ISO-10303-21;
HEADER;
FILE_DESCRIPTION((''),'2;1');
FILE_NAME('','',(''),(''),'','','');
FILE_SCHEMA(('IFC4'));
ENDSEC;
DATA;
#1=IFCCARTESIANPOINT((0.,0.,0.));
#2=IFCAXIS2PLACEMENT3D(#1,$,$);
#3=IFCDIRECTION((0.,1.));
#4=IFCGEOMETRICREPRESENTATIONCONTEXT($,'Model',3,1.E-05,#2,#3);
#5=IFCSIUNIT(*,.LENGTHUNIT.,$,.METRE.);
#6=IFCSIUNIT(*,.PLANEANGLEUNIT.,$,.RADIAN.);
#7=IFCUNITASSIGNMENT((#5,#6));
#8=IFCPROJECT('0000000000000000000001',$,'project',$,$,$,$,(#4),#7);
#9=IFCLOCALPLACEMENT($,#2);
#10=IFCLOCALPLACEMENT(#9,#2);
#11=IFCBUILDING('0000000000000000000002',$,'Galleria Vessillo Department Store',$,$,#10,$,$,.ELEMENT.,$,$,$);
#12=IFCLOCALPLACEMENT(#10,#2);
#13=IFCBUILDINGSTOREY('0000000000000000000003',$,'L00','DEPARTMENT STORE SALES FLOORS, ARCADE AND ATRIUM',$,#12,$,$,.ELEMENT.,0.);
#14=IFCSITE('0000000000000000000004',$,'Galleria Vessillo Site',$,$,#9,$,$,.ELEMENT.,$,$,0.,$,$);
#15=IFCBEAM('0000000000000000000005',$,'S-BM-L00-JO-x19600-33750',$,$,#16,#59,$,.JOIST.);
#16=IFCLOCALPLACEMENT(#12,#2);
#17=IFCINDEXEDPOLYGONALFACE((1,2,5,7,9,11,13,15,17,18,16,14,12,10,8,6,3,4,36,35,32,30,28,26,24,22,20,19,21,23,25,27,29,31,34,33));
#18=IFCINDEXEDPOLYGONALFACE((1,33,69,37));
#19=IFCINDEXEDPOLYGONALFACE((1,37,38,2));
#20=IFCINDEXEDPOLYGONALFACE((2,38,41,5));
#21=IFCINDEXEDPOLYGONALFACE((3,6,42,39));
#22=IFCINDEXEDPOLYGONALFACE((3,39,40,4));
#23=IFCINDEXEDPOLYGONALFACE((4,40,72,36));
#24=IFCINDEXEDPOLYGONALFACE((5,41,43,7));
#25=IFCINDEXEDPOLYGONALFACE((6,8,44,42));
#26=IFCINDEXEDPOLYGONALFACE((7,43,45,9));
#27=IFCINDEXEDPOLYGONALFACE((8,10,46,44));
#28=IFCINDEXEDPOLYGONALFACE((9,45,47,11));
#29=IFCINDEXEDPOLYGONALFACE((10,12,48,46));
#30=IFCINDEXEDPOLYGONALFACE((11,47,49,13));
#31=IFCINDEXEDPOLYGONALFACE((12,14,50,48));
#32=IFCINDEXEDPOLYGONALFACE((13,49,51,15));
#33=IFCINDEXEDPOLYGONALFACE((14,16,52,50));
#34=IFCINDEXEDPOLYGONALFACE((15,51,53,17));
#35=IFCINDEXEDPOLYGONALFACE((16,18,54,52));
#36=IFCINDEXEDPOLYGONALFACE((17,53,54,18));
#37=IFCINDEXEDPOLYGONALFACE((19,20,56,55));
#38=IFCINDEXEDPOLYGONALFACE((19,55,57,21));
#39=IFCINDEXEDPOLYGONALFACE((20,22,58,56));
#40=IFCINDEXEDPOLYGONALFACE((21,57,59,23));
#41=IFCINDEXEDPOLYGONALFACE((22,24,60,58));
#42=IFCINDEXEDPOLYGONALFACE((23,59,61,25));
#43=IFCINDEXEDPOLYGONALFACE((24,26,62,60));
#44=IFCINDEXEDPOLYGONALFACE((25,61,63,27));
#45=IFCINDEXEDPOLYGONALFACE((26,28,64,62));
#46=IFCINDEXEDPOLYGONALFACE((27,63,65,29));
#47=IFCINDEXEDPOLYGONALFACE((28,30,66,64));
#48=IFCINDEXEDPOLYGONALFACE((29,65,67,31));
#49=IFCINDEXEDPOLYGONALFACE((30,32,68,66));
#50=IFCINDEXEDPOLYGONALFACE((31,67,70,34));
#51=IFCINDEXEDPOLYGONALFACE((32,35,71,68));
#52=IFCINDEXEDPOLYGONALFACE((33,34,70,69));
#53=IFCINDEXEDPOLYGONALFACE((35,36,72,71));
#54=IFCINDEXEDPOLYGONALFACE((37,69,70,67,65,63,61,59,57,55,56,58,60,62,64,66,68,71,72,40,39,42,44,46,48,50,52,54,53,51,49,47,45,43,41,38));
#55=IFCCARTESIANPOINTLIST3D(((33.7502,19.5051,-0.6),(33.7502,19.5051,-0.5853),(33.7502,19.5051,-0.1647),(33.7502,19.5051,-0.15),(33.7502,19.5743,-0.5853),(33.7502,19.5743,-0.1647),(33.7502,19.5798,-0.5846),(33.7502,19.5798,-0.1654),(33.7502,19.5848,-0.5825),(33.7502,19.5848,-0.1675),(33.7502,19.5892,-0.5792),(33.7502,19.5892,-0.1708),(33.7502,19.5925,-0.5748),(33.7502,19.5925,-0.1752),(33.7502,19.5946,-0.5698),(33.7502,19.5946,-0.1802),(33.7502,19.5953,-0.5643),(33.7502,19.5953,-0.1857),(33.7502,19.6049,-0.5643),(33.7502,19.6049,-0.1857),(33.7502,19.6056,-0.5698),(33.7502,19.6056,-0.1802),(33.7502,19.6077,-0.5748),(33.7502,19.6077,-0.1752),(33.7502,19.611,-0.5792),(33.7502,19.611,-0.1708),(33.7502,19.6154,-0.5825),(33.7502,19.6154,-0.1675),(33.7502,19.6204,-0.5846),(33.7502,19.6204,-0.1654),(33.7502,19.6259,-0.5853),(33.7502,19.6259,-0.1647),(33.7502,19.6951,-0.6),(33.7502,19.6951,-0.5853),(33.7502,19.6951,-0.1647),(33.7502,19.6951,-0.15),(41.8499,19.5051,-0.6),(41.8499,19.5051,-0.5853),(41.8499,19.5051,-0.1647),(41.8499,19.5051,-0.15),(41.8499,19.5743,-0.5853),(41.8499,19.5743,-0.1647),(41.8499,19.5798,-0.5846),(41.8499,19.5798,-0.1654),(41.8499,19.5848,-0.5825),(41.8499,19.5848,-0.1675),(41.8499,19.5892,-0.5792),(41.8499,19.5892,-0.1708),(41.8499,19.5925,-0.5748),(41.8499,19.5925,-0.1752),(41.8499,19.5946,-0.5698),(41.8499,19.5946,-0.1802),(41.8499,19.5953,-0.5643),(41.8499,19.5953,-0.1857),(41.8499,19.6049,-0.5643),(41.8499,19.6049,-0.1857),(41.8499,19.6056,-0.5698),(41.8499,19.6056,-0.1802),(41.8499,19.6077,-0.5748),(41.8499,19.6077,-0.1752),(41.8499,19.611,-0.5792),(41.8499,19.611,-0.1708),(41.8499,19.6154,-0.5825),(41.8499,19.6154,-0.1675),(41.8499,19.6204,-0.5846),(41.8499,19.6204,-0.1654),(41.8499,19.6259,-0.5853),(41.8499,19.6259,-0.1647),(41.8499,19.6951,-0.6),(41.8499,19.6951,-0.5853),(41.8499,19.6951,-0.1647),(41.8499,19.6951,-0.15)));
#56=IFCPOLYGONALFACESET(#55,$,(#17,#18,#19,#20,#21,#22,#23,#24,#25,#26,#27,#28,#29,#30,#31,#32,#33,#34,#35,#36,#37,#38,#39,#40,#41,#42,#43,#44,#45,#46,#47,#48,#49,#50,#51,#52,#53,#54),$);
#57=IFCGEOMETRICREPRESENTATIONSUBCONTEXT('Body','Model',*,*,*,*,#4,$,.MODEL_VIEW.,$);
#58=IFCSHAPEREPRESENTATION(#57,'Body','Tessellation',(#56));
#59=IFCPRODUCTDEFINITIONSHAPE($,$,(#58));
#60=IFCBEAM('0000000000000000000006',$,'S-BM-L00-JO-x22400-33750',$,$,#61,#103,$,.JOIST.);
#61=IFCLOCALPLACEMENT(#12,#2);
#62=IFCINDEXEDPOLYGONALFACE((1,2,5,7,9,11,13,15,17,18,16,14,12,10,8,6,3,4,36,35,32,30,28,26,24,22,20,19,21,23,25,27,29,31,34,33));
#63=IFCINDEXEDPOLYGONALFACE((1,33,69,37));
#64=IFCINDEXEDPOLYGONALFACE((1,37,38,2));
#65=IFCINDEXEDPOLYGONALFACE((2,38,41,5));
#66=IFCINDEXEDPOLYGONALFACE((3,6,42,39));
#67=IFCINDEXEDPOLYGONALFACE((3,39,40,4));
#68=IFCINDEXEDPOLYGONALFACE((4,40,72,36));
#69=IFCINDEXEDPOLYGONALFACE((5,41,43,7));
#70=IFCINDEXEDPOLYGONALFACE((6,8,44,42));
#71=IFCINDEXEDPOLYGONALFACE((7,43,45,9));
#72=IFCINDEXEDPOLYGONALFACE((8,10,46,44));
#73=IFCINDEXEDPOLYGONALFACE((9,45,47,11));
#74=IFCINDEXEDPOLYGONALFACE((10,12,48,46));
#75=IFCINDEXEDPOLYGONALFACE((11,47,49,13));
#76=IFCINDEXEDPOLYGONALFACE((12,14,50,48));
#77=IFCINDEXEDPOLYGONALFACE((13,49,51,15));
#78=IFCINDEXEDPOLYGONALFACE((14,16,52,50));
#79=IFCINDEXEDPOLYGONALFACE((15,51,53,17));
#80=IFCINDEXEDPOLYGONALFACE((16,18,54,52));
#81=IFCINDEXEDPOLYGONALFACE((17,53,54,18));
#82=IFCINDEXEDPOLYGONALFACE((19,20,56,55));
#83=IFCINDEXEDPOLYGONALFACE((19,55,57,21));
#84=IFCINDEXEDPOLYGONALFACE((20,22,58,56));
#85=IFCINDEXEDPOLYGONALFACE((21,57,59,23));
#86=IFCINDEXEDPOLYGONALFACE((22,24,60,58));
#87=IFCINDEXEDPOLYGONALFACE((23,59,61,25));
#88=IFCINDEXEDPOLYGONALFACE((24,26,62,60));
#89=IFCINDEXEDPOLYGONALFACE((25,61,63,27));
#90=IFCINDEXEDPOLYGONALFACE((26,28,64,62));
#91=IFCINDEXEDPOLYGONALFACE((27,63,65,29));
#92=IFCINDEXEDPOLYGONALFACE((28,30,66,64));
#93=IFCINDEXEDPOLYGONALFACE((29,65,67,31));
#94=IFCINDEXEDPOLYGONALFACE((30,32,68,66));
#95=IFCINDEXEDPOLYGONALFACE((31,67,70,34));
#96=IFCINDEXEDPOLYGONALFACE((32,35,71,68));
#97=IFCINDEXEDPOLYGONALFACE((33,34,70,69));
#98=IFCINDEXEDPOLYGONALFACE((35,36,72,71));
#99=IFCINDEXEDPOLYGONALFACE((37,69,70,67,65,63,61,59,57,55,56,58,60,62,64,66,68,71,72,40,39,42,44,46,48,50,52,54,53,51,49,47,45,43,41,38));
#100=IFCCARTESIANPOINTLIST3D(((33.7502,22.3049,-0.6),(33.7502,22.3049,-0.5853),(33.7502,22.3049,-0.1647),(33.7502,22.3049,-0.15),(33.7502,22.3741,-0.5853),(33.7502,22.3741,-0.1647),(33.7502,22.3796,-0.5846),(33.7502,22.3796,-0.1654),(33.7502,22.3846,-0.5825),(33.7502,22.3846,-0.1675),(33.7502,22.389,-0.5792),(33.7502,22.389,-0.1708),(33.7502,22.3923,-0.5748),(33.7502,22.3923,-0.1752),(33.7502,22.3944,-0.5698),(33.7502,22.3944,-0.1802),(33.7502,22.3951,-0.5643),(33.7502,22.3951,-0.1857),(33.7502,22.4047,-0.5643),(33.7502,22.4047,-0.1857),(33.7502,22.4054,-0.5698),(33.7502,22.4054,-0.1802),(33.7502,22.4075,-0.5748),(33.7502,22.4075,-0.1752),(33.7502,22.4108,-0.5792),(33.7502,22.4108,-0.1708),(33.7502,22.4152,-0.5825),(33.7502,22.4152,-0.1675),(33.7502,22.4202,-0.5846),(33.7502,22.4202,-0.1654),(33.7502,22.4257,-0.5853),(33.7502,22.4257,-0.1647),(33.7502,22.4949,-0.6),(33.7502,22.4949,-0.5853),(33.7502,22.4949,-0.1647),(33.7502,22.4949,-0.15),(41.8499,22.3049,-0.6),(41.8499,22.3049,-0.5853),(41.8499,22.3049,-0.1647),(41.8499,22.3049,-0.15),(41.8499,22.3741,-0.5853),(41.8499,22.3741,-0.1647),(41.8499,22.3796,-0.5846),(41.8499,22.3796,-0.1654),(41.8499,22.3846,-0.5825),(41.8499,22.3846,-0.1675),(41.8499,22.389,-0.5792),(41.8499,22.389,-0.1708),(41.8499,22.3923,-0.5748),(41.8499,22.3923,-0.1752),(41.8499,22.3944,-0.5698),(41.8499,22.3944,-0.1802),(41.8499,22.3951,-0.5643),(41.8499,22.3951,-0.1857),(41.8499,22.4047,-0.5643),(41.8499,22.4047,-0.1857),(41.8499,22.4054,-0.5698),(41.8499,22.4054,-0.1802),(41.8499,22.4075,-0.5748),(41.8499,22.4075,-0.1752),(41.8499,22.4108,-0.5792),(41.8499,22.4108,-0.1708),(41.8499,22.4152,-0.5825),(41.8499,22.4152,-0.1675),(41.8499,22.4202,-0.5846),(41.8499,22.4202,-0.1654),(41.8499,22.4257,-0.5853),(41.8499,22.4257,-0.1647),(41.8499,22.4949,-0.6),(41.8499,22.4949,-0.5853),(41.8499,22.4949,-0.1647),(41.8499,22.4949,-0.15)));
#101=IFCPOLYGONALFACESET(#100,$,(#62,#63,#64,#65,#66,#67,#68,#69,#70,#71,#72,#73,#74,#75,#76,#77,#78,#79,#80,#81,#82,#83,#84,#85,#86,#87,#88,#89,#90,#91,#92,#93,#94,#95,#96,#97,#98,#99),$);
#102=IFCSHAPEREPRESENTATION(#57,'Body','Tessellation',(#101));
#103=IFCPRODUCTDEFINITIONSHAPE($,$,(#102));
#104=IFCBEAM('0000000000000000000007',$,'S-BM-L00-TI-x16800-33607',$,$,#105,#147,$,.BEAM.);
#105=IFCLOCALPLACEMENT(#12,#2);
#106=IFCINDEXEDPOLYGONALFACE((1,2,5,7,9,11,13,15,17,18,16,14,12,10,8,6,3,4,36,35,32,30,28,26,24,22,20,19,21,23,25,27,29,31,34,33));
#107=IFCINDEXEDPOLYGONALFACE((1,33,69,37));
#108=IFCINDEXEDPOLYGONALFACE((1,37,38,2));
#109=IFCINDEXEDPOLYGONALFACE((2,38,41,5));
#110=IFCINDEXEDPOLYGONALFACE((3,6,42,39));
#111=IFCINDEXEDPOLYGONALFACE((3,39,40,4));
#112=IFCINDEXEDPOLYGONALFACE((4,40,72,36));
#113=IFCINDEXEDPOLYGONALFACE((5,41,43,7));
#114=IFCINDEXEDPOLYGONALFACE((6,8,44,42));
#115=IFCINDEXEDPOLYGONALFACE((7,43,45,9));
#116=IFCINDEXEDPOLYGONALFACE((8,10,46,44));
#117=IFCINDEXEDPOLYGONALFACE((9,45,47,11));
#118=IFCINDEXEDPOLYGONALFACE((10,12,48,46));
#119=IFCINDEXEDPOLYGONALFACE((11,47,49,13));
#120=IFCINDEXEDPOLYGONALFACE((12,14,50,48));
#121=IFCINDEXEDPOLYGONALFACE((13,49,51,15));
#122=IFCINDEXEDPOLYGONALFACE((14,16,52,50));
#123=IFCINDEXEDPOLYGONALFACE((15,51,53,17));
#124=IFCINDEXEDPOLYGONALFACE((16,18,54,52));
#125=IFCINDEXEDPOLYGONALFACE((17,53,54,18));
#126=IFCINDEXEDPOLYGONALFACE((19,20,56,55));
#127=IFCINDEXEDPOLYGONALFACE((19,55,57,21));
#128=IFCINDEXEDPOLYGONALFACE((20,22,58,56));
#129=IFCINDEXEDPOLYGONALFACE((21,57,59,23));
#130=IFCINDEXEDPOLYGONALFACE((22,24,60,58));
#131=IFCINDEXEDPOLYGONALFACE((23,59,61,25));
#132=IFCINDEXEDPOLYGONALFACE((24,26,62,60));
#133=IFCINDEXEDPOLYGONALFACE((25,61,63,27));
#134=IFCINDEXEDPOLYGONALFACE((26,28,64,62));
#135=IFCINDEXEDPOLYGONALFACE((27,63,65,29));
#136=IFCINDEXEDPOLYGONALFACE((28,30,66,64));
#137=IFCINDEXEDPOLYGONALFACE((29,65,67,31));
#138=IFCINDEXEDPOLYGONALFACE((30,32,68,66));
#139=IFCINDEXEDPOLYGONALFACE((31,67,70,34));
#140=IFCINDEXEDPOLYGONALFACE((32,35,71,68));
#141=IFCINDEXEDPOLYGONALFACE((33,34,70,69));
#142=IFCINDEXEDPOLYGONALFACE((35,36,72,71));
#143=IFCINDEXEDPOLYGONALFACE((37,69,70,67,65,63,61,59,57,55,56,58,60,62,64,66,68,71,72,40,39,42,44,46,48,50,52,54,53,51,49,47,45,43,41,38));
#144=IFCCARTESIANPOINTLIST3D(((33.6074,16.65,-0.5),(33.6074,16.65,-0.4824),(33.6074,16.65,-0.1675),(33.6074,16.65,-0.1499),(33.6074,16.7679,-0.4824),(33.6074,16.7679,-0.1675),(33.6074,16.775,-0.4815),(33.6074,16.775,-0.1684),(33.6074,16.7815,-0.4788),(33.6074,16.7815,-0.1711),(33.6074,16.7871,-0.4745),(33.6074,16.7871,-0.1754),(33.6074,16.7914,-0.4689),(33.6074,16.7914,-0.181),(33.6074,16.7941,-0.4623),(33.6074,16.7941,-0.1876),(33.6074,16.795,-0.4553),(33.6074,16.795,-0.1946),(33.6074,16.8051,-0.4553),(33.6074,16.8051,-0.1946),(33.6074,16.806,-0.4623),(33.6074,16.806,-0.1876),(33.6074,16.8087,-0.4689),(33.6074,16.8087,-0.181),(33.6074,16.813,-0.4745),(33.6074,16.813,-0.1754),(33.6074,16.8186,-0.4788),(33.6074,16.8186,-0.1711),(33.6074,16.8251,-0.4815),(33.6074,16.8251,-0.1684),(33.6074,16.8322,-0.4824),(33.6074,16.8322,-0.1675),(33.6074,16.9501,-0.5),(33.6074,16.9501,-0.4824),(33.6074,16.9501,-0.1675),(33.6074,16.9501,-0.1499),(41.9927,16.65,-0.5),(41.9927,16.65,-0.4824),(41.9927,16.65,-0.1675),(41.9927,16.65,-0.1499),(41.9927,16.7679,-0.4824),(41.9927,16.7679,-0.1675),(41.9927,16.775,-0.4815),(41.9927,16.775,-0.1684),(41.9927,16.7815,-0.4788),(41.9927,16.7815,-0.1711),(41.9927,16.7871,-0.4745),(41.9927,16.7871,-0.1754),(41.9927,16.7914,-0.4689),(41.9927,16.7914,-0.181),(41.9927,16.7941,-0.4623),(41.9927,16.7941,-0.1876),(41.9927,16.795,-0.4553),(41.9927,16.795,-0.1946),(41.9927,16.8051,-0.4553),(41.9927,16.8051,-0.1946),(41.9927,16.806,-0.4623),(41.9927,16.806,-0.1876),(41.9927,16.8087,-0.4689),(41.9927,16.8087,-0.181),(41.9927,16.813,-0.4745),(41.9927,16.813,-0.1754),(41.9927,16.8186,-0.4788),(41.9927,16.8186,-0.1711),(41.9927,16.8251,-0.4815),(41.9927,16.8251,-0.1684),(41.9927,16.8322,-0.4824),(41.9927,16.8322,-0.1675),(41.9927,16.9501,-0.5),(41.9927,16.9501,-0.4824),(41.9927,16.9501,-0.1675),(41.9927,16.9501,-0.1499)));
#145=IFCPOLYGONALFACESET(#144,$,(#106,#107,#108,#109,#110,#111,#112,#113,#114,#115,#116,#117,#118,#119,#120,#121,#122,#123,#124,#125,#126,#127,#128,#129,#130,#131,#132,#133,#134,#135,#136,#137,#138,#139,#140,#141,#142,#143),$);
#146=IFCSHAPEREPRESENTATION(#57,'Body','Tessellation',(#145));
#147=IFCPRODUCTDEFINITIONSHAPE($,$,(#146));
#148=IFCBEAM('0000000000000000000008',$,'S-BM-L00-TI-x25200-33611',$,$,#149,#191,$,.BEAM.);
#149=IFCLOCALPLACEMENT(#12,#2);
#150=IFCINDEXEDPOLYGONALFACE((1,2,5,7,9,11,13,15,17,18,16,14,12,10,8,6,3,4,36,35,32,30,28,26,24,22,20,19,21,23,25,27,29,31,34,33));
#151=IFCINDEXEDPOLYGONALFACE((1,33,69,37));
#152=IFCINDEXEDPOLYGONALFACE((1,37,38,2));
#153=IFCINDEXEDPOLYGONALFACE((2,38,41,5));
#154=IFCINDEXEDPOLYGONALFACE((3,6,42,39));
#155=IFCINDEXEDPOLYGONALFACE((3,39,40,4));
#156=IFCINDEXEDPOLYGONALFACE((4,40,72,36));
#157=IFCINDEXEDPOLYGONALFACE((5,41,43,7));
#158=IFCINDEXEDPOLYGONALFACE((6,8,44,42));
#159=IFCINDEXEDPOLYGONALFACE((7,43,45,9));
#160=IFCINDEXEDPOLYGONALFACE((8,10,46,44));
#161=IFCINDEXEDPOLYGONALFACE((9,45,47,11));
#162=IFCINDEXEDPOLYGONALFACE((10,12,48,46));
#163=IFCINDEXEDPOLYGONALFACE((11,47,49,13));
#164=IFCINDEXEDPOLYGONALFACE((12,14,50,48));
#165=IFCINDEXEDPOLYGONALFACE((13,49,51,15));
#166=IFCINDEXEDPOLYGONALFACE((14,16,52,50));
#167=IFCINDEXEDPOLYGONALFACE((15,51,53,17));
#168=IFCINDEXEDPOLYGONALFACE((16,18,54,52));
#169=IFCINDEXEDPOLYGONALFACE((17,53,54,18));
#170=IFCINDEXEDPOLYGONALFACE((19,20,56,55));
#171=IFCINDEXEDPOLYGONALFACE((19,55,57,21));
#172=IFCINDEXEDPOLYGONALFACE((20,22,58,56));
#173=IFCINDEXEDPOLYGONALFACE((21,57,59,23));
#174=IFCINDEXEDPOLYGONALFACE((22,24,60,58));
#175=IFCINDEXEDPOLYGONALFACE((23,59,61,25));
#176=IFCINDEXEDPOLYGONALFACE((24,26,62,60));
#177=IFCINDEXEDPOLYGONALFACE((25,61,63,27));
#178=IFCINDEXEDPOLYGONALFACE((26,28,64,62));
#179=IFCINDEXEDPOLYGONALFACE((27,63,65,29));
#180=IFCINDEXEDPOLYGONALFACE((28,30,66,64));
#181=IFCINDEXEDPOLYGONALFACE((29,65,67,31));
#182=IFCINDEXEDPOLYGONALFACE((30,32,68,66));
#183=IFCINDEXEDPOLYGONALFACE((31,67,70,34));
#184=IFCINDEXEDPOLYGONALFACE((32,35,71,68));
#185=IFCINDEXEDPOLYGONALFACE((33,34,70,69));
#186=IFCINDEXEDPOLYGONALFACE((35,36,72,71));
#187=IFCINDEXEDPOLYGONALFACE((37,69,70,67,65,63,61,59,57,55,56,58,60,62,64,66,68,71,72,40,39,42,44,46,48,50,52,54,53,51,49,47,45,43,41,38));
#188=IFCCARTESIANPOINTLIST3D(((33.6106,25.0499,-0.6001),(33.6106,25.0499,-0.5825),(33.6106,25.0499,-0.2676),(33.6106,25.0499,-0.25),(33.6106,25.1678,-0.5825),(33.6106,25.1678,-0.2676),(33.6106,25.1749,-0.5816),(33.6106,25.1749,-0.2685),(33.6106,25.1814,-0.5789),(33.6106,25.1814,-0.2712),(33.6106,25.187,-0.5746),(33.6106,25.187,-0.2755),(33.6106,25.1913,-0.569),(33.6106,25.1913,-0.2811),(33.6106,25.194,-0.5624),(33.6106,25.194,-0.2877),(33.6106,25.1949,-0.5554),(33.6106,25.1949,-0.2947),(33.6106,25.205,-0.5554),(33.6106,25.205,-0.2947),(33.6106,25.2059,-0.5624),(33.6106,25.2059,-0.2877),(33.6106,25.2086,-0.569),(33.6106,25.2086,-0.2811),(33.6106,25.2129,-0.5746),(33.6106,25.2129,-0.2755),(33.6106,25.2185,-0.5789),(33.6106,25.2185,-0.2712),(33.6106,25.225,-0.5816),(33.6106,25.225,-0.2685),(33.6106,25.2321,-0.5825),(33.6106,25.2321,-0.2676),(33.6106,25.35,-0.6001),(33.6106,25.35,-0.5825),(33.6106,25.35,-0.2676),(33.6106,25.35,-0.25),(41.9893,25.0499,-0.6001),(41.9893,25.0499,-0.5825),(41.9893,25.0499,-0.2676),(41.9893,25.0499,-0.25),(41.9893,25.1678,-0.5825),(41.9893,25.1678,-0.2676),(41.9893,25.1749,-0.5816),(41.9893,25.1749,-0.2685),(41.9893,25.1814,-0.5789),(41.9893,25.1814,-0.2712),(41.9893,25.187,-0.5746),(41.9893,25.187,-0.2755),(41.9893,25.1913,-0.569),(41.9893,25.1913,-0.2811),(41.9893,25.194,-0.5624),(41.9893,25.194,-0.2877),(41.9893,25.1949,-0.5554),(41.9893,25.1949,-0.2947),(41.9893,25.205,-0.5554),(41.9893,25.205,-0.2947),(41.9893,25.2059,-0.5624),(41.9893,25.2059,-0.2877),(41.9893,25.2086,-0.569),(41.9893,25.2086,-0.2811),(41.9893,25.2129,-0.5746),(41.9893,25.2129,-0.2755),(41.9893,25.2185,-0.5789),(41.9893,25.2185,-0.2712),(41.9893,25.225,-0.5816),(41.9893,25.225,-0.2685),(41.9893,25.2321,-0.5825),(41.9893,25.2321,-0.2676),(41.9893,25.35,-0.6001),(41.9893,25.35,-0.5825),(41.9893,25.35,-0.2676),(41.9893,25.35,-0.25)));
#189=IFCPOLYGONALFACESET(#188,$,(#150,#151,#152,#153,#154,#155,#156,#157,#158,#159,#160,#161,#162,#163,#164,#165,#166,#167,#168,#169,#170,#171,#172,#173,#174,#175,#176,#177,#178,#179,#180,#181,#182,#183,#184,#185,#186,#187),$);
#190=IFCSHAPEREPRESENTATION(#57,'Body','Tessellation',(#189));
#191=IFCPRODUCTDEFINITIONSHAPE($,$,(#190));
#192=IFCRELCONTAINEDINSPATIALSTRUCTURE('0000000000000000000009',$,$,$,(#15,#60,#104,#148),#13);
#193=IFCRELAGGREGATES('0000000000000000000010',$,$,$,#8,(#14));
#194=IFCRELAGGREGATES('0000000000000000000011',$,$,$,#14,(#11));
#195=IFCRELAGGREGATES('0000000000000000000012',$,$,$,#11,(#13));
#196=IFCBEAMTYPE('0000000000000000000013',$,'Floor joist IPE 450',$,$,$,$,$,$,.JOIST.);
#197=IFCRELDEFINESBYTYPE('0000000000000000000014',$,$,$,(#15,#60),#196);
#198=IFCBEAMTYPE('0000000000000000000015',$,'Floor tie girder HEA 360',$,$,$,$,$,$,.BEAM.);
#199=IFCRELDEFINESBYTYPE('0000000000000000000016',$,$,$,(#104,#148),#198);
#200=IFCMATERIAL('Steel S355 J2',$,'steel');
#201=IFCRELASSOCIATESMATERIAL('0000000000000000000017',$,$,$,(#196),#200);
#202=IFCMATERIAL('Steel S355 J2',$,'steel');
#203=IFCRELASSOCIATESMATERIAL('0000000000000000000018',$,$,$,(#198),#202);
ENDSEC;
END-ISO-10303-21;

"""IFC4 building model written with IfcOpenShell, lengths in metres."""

from ifc_helpers import new_model, si_unit, direction, frame, origin, origin_2d, place, context, subcontext, project, spatial, i_section, extrude, material, material_profile, profile_set, type_object, element, save


model = new_model("IFC4")

# Units and contexts
model_context = context("Model", 3, precision=1e-05, world=origin(), true_north=direction((0.0, 1.0)))
body_context = subcontext(model_context, "Body", "Model", "MODEL_VIEW")
ifc_project = project(units=[si_unit("LENGTHUNIT", "METRE"), si_unit("PLANEANGLEUNIT", "RADIAN")], contexts=[model_context])

# Site, building, storey
site_placement = place(None, origin())
site = spatial("IfcSite", under=ifc_project, at=site_placement, Name="Galleria Vessillo Site", CompositionType="ELEMENT", RefElevation=0.0)
building_placement = place(site_placement, origin())
building = spatial("IfcBuilding", under=site, at=building_placement, Name="Galleria Vessillo Department Store", CompositionType="ELEMENT")
storey_placement = place(building_placement, origin())
storey = spatial("IfcBuildingStorey", under=building, at=storey_placement, Name="L00", Description="DEPARTMENT STORE SALES FLOORS, ARCADE AND ATRIUM", CompositionType="ELEMENT", Elevation=0.0)

# Beams
ifc_material_1 = material(Name="Steel S355 J2", Category="steel")
ifc_material_profile_1 = material_profile(ifc_material_1, i_section(OverallWidth=0.1899, OverallDepth=0.45, WebThickness=0.0095, FlangeThickness=0.0146, FilletRadius=0.021, at=origin_2d()), Name="IPE 450")
ifc_profile_set_1 = profile_set([ifc_material_profile_1], Name="Steel S355 J2")
beam_type_1 = type_object("IfcBeamType", Name="Floor joist IPE 450", PredefinedType="JOIST", material=ifc_profile_set_1)
for number, where, z_axis, x_axis, name in (
    (1, (33.7502, 19.6001, -0.375), (1.0, 0.0, 0.0), (0.0, 1.0, 0.0), "S-BM-L00-JO-x19600-33750"),
    (2, (33.7502, 22.3999, -0.375), (1.0, 0.0, 0.0), (0.0, 1.0, 0.0), "S-BM-L00-JO-x22400-33750"),
):
    element("IfcBeam", number, at=place(storey_placement, frame(where, z_axis=z_axis, x_axis=x_axis)), inside=storey, type_object=beam_type_1, Name=name, PredefinedType="JOIST", context=body_context, shape_type="SweptSolid", body=[
        extrude(i_section(OverallWidth=0.1899, OverallDepth=0.45, WebThickness=0.0095, FlangeThickness=0.0146, FilletRadius=0.021, at=origin_2d()), origin(), (0.0, 0.0, 1.0), 8.0996),
    ])
ifc_material_2 = material(Name="Steel S355 J2", Category="steel")
ifc_material_profile_2 = material_profile(ifc_material_2, i_section(OverallWidth=0.3, OverallDepth=0.3501, WebThickness=0.01, FlangeThickness=0.0176, FilletRadius=0.0271, at=origin_2d()), Name="HEA 360")
ifc_profile_set_2 = profile_set([ifc_material_profile_2], Name="Steel S355 J2")
beam_type_2 = type_object("IfcBeamType", Name="Floor tie girder HEA 360", PredefinedType="BEAM", material=ifc_profile_set_2)
beam_1_placement = place(storey_placement, frame((33.6074, 16.8, -0.325), z_axis=(1.0, 0.0, 0.0), x_axis=(0.0, 1.0, 0.0)))
element("IfcBeam", 3, at=beam_1_placement, inside=storey, type_object=beam_type_2, Name="S-BM-L00-TI-x16800-33607", PredefinedType="BEAM", context=body_context, shape_type="SweptSolid", body=[
    extrude(i_section(OverallWidth=0.3, OverallDepth=0.3501, WebThickness=0.01, FlangeThickness=0.0176, FilletRadius=0.0271, at=origin_2d()), origin(), (0.0, 0.0, 1.0), 8.3853),
])
beam_2_placement = place(storey_placement, frame((33.6106, 25.2, -0.425), z_axis=(1.0, 0.0, 0.0), x_axis=(0.0, 1.0, 0.0)))
element("IfcBeam", 4, at=beam_2_placement, inside=storey, type_object=beam_type_2, Name="S-BM-L00-TI-x25200-33611", PredefinedType="BEAM", context=body_context, shape_type="SweptSolid", body=[
    extrude(i_section(OverallWidth=0.3, OverallDepth=0.3501, WebThickness=0.01, FlangeThickness=0.0176, FilletRadius=0.0271, at=origin_2d()), origin(), (0.0, 0.0, 1.0), 8.3787),
])

save(model, "model.ifc")
